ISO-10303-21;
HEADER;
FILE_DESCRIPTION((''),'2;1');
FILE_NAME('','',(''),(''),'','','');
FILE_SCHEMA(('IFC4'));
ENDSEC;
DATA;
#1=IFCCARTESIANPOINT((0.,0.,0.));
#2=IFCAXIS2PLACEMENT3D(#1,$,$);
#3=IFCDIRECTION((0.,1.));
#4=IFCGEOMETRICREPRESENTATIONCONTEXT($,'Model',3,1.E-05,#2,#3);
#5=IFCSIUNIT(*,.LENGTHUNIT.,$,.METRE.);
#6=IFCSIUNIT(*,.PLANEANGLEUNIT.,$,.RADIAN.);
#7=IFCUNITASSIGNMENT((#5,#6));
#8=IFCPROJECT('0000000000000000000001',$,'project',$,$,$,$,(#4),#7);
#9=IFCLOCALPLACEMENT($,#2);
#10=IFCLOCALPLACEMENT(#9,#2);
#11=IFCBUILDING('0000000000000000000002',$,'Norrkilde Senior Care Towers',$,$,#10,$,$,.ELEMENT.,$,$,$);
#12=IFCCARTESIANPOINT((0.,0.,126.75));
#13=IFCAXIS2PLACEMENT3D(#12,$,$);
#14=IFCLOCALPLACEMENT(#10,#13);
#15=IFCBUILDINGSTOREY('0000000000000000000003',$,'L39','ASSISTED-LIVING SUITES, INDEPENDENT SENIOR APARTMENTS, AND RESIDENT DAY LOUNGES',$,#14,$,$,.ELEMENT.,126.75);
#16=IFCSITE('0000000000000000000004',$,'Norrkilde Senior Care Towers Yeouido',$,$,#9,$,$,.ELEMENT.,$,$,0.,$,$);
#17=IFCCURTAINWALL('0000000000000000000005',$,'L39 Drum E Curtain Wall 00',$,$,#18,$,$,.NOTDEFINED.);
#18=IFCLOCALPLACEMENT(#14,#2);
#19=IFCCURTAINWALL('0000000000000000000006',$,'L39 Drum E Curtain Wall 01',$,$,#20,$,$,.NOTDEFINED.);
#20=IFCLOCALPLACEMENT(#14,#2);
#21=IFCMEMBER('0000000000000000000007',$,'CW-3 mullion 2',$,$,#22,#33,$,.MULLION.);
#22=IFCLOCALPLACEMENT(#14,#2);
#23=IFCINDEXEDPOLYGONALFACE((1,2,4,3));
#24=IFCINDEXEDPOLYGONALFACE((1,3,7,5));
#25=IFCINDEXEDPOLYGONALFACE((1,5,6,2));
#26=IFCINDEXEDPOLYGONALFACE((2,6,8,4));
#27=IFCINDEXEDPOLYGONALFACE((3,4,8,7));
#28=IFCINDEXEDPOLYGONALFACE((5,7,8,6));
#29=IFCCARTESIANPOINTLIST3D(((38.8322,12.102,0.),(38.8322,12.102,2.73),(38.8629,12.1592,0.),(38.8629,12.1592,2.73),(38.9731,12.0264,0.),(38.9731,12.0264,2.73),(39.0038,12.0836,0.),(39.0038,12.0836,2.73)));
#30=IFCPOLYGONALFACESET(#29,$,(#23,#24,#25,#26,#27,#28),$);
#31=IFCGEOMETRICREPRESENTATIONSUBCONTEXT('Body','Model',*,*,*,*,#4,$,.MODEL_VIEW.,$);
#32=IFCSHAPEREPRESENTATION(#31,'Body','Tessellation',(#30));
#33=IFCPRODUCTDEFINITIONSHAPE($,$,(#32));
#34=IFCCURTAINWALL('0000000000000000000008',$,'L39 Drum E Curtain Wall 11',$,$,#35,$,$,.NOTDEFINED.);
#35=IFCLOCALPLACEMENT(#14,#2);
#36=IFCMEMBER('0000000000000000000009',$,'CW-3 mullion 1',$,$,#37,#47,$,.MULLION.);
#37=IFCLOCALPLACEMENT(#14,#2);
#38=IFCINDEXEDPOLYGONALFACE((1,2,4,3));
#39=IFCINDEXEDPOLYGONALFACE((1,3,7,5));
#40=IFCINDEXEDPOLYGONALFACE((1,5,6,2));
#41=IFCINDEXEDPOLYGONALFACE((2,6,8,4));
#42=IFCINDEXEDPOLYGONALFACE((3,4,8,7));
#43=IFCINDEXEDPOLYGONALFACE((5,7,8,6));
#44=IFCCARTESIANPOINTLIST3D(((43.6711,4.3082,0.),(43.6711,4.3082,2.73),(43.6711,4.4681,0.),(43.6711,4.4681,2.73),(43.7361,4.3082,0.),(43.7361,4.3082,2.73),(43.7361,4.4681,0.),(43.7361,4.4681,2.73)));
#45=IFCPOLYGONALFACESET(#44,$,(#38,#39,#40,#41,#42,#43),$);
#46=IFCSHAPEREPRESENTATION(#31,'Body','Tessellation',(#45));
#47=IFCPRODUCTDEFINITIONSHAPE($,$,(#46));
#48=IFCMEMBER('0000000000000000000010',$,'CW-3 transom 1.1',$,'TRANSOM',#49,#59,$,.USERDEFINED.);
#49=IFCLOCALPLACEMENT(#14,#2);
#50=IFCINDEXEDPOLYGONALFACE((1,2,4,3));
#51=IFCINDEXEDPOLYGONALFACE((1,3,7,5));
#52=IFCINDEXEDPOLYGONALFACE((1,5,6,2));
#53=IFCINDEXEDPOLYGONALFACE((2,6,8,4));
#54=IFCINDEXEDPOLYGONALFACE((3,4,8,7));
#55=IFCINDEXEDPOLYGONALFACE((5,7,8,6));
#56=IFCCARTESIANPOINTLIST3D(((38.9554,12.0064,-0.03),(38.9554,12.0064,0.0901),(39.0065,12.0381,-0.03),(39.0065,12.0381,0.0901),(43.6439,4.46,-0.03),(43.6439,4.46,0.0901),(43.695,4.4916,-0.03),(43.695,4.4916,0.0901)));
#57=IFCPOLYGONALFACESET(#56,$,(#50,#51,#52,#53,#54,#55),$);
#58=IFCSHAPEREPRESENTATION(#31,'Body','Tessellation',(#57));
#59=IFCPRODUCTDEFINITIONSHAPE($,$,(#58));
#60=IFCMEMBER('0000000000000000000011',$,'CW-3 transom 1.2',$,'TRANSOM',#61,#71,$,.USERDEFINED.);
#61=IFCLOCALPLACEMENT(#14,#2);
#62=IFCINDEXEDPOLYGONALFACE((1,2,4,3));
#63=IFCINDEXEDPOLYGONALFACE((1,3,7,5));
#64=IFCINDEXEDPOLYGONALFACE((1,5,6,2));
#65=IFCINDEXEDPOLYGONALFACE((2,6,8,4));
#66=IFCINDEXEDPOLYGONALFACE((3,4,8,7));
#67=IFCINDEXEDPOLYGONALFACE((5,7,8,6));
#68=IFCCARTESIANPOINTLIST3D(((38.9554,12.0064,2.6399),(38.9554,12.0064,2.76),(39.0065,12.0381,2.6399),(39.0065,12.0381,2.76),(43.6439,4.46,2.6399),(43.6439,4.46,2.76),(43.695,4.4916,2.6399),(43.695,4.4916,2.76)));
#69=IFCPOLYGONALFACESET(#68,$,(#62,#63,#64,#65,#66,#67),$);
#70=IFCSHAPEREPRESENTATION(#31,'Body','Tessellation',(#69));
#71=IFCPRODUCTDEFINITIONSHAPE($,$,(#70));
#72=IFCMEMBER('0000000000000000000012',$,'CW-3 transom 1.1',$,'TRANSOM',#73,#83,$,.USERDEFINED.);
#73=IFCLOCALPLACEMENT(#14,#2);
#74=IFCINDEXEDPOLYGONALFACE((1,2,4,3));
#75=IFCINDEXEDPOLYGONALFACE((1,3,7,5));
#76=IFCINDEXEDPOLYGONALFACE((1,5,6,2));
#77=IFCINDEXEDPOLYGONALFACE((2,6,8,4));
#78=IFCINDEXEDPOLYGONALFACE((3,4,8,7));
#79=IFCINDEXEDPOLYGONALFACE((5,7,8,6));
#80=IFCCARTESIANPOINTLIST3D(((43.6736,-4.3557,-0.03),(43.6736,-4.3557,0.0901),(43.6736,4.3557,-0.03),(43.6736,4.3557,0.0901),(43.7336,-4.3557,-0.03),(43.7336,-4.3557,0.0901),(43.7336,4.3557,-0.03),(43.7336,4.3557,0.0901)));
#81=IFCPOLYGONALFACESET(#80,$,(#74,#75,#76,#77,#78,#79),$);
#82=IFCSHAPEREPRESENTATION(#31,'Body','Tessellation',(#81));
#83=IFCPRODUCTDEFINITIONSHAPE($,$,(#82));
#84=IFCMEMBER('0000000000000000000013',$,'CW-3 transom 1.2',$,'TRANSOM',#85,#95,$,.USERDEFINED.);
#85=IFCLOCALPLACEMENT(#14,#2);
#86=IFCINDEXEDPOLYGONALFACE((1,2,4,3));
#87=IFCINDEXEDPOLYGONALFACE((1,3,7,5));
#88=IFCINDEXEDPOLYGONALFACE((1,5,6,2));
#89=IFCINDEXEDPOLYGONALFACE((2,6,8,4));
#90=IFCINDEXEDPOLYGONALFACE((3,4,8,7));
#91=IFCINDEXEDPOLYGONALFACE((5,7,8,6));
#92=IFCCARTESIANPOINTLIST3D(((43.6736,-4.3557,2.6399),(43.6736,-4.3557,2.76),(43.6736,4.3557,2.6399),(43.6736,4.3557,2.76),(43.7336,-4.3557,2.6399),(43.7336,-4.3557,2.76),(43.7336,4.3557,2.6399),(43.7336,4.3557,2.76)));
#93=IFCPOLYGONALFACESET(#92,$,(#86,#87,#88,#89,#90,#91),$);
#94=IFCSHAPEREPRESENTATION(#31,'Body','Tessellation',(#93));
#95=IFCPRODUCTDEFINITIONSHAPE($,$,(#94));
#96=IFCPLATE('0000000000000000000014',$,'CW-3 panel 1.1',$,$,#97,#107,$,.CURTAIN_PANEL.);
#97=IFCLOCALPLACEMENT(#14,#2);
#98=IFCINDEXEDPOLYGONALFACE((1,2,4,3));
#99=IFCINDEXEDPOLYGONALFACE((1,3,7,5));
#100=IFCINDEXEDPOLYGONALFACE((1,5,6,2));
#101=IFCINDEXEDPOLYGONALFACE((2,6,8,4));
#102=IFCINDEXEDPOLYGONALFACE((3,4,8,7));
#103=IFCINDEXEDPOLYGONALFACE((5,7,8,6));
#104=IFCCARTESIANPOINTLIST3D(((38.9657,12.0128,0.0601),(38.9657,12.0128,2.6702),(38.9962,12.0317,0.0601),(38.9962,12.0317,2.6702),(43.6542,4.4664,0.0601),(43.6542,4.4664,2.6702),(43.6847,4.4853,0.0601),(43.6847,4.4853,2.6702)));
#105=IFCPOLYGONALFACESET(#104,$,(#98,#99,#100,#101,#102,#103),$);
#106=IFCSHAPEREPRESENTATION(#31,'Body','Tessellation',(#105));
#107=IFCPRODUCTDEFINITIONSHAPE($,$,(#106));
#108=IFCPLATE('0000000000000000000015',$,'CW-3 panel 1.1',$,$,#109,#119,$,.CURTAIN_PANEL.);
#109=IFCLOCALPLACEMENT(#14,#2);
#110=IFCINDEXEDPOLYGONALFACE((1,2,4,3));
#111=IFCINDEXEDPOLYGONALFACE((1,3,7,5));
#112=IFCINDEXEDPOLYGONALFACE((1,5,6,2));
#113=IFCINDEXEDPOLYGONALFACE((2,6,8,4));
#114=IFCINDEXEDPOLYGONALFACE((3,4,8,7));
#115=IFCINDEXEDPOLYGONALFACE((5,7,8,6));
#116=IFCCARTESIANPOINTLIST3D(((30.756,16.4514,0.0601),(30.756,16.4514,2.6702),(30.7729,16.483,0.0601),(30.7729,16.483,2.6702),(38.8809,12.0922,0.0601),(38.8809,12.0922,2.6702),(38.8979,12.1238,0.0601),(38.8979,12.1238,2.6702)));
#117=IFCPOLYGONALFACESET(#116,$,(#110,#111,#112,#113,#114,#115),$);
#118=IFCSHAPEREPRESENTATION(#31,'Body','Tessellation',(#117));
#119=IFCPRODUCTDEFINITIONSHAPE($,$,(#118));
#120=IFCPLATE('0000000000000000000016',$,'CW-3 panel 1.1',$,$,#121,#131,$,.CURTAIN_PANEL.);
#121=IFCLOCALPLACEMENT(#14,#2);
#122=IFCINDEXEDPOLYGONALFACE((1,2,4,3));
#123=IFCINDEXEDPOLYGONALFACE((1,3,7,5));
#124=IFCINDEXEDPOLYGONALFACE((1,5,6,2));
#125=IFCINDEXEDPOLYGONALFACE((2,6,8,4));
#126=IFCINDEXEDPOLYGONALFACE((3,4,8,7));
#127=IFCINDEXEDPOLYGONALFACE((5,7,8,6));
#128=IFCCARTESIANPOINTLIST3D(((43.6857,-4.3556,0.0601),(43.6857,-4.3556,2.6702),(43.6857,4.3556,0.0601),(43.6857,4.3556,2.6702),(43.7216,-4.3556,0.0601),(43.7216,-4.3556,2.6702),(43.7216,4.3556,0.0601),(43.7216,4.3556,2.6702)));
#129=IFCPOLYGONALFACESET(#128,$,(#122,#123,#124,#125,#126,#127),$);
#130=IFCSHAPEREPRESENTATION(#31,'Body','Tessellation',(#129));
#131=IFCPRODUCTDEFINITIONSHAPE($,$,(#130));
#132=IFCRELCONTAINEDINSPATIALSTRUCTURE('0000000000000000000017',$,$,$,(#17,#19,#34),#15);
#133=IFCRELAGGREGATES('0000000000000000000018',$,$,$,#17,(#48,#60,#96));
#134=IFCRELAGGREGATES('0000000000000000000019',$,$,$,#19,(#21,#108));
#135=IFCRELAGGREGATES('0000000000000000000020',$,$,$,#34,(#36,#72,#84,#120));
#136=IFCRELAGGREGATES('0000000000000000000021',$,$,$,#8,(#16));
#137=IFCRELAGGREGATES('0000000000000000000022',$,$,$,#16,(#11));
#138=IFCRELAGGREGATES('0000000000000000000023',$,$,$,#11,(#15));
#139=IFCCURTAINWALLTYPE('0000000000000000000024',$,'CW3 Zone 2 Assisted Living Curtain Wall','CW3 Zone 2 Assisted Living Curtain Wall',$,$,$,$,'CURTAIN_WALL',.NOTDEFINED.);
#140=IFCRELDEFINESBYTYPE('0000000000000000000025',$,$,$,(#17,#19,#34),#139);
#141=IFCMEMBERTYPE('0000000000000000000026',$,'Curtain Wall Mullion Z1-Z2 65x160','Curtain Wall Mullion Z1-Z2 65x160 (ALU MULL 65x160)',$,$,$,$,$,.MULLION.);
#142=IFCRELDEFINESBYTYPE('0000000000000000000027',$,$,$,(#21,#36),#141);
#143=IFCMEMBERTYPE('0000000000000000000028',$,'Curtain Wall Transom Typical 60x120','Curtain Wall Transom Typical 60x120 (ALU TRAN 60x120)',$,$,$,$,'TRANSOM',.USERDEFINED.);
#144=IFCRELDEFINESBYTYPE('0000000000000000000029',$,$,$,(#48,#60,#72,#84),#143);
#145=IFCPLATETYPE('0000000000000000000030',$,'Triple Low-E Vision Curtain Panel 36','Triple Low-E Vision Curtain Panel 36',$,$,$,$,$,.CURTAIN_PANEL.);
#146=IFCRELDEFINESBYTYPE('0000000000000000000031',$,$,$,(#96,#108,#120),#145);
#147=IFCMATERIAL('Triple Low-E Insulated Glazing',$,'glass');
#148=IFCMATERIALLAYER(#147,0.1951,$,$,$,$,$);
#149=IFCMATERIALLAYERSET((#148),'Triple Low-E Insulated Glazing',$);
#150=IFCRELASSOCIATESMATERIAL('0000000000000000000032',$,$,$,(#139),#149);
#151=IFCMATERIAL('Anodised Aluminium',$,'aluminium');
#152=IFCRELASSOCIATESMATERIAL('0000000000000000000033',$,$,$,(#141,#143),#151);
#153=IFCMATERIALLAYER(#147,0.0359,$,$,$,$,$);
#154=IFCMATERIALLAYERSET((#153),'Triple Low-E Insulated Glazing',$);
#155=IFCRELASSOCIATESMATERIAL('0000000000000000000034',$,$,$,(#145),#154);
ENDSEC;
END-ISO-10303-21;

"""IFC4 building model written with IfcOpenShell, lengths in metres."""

from ifc_helpers import new_model, si_unit, direction, frame, origin, origin_2d, place, context, subcontext, project, spatial, rectangle, extrude, source, transform, mapped, material, layer, layer_set, material_profile, profile_set, type_object, type_shapes, element, aggregate, save


model = new_model("IFC4")

# Units and contexts
model_context = context("Model", 3, precision=1e-05, world=origin(), true_north=direction((0.0, 1.0)))
body_context = subcontext(model_context, "Body", "Model", "MODEL_VIEW")
ifc_project = project(units=[si_unit("LENGTHUNIT", "METRE"), si_unit("PLANEANGLEUNIT", "RADIAN")], contexts=[model_context])

# Site, building, storey
site_placement = place(None, origin())
site = spatial("IfcSite", under=ifc_project, at=site_placement, Name="Norrkilde Senior Care Towers Yeouido", CompositionType="ELEMENT", RefElevation=0.0)
building_placement = place(site_placement, origin())
building = spatial("IfcBuilding", under=site, at=building_placement, Name="Norrkilde Senior Care Towers", CompositionType="ELEMENT")
storey_placement = place(building_placement, frame((0.0, 0.0, 126.75)))
storey = spatial("IfcBuildingStorey", under=building, at=storey_placement, Name="L39", Description="ASSISTED-LIVING SUITES, INDEPENDENT SENIOR APARTMENTS, AND RESIDENT DAY LOUNGES", CompositionType="ELEMENT", Elevation=126.75)

# Curtain wall
ifc_material_1 = material(Name="Triple Low-E Insulated Glazing", Category="glass")
ifc_layer_1 = layer(ifc_material_1, 0.1951)
ifc_layer_set_1 = layer_set([ifc_layer_1], Name="Triple Low-E Insulated Glazing")
curtain_wall_type = type_object("IfcCurtainWallType", Name="CW3 Zone 2 Assisted Living Curtain Wall", Description="CW3 Zone 2 Assisted Living Curtain Wall", ElementType="CURTAIN_WALL", PredefinedType="NOTDEFINED", material=ifc_layer_set_1)
curtain_wall_1_placement = place(storey_placement, origin())
curtain_wall_1 = element("IfcCurtainWall", 1, at=curtain_wall_1_placement, inside=storey, type_object=curtain_wall_type, Name="L39 Drum E Curtain Wall 00", PredefinedType="NOTDEFINED")
ifc_material_2 = material(Name="Anodised Aluminium", Category="aluminium")
ifc_material_profile_1 = material_profile(ifc_material_2, rectangle(XDim=0.0649, YDim=0.1599, at=origin_2d()), Name="ALU MULL 65x160")
ifc_profile_set_1 = profile_set([ifc_material_profile_1], Name="Anodised Aluminium")
member_type_1 = type_object("IfcMemberType", Name="Curtain Wall Mullion Z1-Z2 65x160", Description="Curtain Wall Mullion Z1-Z2 65x160 (ALU MULL 65x160)", PredefinedType="MULLION", material=ifc_profile_set_1)
shared_shape_1 = source(origin(), body_context, "Body", "SweptSolid", [
    extrude(rectangle(XDim=0.0649, YDim=0.1599, at=origin_2d()), origin(), (0.0, 0.0, 1.0), 2.73),
])
type_shapes(member_type_1, [shared_shape_1])

# Curtain walls, members
curtain_wall_2_placement = place(storey_placement, origin())
curtain_wall_2 = element("IfcCurtainWall", 2, at=curtain_wall_2_placement, inside=storey, type_object=curtain_wall_type, Name="L39 Drum E Curtain Wall 01", PredefinedType="NOTDEFINED")
member_1_placement = place(storey_placement, frame((38.918, 12.0928, 0.0), z_axis=(0.0, 0.0, 1.0), x_axis=(0.472769, 0.881186, 0.0)))
member_1 = element("IfcMember", 3, at=member_1_placement, type_object=member_type_1, Name="CW-3 mullion 2", PredefinedType="MULLION", context=body_context, shape_type="MappedRepresentation", body=[
    mapped(shared_shape_1, transform((0.0, 0.0, 0.0), x_axis=(1.0, 0.0, 0.0), y_axis=(0.0, 1.0, 0.0), z_axis=(0.0, 0.0, 1.0), scale=1.0)),
])
curtain_wall_3_placement = place(storey_placement, origin())
curtain_wall_3 = element("IfcCurtainWall", 4, at=curtain_wall_3_placement, inside=storey, type_object=curtain_wall_type, Name="L39 Drum E Curtain Wall 11", PredefinedType="NOTDEFINED")
member_2_placement = place(storey_placement, frame((43.7036, 4.3882, 0.0), z_axis=(0.0, 0.0, 1.0), x_axis=(1.0, 0.0, 0.0)))
member_2 = element("IfcMember", 5, at=member_2_placement, type_object=member_type_1, Name="CW-3 mullion 1", PredefinedType="MULLION", context=body_context, shape_type="MappedRepresentation", body=[
    mapped(shared_shape_1, transform((0.0, 0.0, 0.0), x_axis=(1.0, 0.0, 0.0), y_axis=(0.0, 1.0, 0.0), z_axis=(0.0, 0.0, 1.0), scale=1.0)),
])

# Members
ifc_material_profile_2 = material_profile(ifc_material_2, rectangle(XDim=0.0601, YDim=0.1201, at=origin_2d()), Name="ALU TRAN 60x120")
ifc_profile_set_2 = profile_set([ifc_material_profile_2], Name="Anodised Aluminium")
member_type_2 = type_object("IfcMemberType", Name="Curtain Wall Transom Typical 60x120", Description="Curtain Wall Transom Typical 60x120 (ALU TRAN 60x120)", ElementType="TRANSOM", PredefinedType="USERDEFINED", material=ifc_profile_set_2)
shared_shape_2 = source(origin(), body_context, "Body", "SweptSolid", [
    extrude(rectangle(XDim=0.0601, YDim=0.1201, at=origin_2d()), origin(), (0.0, 0.0, 1.0), 8.8843),
])
member_3_placement = place(storey_placement, frame((38.981, 12.0222, 0.03), z_axis=(0.527729, -0.849413, 0.0), x_axis=(0.849413, 0.527729, 0.0)))
member_3 = element("IfcMember", 6, at=member_3_placement, type_object=member_type_2, Name="CW-3 transom 1.1", ObjectType="TRANSOM", PredefinedType="USERDEFINED", context=body_context, shape_type="MappedRepresentation", body=[
    mapped(shared_shape_2, transform((0.0, 0.0, 0.0), x_axis=(1.0, 0.0, 0.0), y_axis=(0.0, 1.0, 0.0), z_axis=(0.0, 0.0, 1.0), scale=1.0)),
])
member_4_placement = place(storey_placement, frame((38.981, 12.0222, 2.7), z_axis=(0.527729, -0.849413, 0.0), x_axis=(0.849413, 0.527729, 0.0)))
member_4 = element("IfcMember", 7, at=member_4_placement, type_object=member_type_2, Name="CW-3 transom 1.2", ObjectType="TRANSOM", PredefinedType="USERDEFINED", context=body_context, shape_type="MappedRepresentation", body=[
    mapped(shared_shape_2, transform((0.0, 0.0, 0.0), x_axis=(1.0, 0.0, 0.0), y_axis=(0.0, 1.0, 0.0), z_axis=(0.0, 0.0, 1.0), scale=1.0)),
])
shared_shape_3 = source(origin(), body_context, "Body", "SweptSolid", [
    extrude(rectangle(XDim=0.0601, YDim=0.1201, at=origin_2d()), origin(), (0.0, 0.0, 1.0), 8.7114),
])
type_shapes(member_type_2, [shared_shape_2, shared_shape_3])
member_5_placement = place(storey_placement, frame((43.7036, 4.3557, 0.03), z_axis=(0.0, -1.0, 0.0), x_axis=(1.0, 0.0, 0.0)))
member_5 = element("IfcMember", 8, at=member_5_placement, type_object=member_type_2, Name="CW-3 transom 1.1", ObjectType="TRANSOM", PredefinedType="USERDEFINED", context=body_context, shape_type="MappedRepresentation", body=[
    mapped(shared_shape_3, transform((0.0, 0.0, 0.0), x_axis=(1.0, 0.0, 0.0), y_axis=(0.0, 1.0, 0.0), z_axis=(0.0, 0.0, 1.0), scale=1.0)),
])
member_6_placement = place(storey_placement, frame((43.7036, 4.3557, 2.7), z_axis=(0.0, -1.0, 0.0), x_axis=(1.0, 0.0, 0.0)))
member_6 = element("IfcMember", 9, at=member_6_placement, type_object=member_type_2, Name="CW-3 transom 1.2", ObjectType="TRANSOM", PredefinedType="USERDEFINED", context=body_context, shape_type="MappedRepresentation", body=[
    mapped(shared_shape_3, transform((0.0, 0.0, 0.0), x_axis=(1.0, 0.0, 0.0), y_axis=(0.0, 1.0, 0.0), z_axis=(0.0, 0.0, 1.0), scale=1.0)),
])

# Plates
ifc_layer_2 = layer(ifc_material_1, 0.0359)
ifc_layer_set_2 = layer_set([ifc_layer_2], Name="Triple Low-E Insulated Glazing")
plate_type = type_object("IfcPlateType", Name="Triple Low-E Vision Curtain Panel 36", Description="Triple Low-E Vision Curtain Panel 36", PredefinedType="CURTAIN_PANEL", material=ifc_layer_set_2)
shared_shape_4 = source(origin(), body_context, "Body", "SweptSolid", [
    extrude(rectangle(XDim=8.8843, YDim=0.0359, at=origin_2d()), origin(), (0.0, 0.0, 1.0), 2.6101),
])
plate_1_placement = place(storey_placement, frame((41.3252, 8.249, 0.0601), z_axis=(0.0, 0.0, 1.0), x_axis=(0.527733, -0.84941, 0.0)))
plate_1 = element("IfcPlate", 10, at=plate_1_placement, type_object=plate_type, Name="CW-3 panel 1.1", PredefinedType="CURTAIN_PANEL", context=body_context, shape_type="MappedRepresentation", body=[
    mapped(shared_shape_4, transform((0.0, 0.0, 0.0), x_axis=(1.0, 0.0, 0.0), y_axis=(0.0, 1.0, 0.0), z_axis=(0.0, 0.0, 1.0), scale=1.0)),
])
aggregate(curtain_wall_1, [member_3, member_4, plate_1])
shared_shape_5 = source(origin(), body_context, "Body", "SweptSolid", [
    extrude(rectangle(XDim=9.2205, YDim=0.0359, at=origin_2d()), origin(), (0.0, 0.0, 1.0), 2.6101),
])
plate_2_placement = place(storey_placement, frame((34.8269, 14.2876, 0.0601), z_axis=(0.0, 0.0, 1.0), x_axis=(0.881186, -0.472769, 0.0)))
plate_2 = element("IfcPlate", 11, at=plate_2_placement, type_object=plate_type, Name="CW-3 panel 1.1", PredefinedType="CURTAIN_PANEL", context=body_context, shape_type="MappedRepresentation", body=[
    mapped(shared_shape_5, transform((0.0, 0.0, 0.0), x_axis=(1.0, 0.0, 0.0), y_axis=(0.0, 1.0, 0.0), z_axis=(0.0, 0.0, 1.0), scale=1.0)),
])
aggregate(curtain_wall_2, [member_1, plate_2])
shared_shape_6 = source(origin(), body_context, "Body", "SweptSolid", [
    extrude(rectangle(XDim=8.7112, YDim=0.0359, at=origin_2d()), origin(), (0.0, 0.0, 1.0), 2.6101),
])
type_shapes(plate_type, [shared_shape_4, shared_shape_5, shared_shape_6])
plate_3_placement = place(storey_placement, frame((43.7036, 0.0, 0.0601), z_axis=(0.0, 0.0, 1.0), x_axis=(0.0, -1.0, 0.0)))
plate_3 = element("IfcPlate", 12, at=plate_3_placement, type_object=plate_type, Name="CW-3 panel 1.1", PredefinedType="CURTAIN_PANEL", context=body_context, shape_type="MappedRepresentation", body=[
    mapped(shared_shape_6, transform((0.0, 0.0, 0.0), x_axis=(1.0, 0.0, 0.0), y_axis=(0.0, 1.0, 0.0), z_axis=(0.0, 0.0, 1.0), scale=1.0)),
])
aggregate(curtain_wall_3, [member_2, member_5, member_6, plate_3])

save(model, "model.ifc")
